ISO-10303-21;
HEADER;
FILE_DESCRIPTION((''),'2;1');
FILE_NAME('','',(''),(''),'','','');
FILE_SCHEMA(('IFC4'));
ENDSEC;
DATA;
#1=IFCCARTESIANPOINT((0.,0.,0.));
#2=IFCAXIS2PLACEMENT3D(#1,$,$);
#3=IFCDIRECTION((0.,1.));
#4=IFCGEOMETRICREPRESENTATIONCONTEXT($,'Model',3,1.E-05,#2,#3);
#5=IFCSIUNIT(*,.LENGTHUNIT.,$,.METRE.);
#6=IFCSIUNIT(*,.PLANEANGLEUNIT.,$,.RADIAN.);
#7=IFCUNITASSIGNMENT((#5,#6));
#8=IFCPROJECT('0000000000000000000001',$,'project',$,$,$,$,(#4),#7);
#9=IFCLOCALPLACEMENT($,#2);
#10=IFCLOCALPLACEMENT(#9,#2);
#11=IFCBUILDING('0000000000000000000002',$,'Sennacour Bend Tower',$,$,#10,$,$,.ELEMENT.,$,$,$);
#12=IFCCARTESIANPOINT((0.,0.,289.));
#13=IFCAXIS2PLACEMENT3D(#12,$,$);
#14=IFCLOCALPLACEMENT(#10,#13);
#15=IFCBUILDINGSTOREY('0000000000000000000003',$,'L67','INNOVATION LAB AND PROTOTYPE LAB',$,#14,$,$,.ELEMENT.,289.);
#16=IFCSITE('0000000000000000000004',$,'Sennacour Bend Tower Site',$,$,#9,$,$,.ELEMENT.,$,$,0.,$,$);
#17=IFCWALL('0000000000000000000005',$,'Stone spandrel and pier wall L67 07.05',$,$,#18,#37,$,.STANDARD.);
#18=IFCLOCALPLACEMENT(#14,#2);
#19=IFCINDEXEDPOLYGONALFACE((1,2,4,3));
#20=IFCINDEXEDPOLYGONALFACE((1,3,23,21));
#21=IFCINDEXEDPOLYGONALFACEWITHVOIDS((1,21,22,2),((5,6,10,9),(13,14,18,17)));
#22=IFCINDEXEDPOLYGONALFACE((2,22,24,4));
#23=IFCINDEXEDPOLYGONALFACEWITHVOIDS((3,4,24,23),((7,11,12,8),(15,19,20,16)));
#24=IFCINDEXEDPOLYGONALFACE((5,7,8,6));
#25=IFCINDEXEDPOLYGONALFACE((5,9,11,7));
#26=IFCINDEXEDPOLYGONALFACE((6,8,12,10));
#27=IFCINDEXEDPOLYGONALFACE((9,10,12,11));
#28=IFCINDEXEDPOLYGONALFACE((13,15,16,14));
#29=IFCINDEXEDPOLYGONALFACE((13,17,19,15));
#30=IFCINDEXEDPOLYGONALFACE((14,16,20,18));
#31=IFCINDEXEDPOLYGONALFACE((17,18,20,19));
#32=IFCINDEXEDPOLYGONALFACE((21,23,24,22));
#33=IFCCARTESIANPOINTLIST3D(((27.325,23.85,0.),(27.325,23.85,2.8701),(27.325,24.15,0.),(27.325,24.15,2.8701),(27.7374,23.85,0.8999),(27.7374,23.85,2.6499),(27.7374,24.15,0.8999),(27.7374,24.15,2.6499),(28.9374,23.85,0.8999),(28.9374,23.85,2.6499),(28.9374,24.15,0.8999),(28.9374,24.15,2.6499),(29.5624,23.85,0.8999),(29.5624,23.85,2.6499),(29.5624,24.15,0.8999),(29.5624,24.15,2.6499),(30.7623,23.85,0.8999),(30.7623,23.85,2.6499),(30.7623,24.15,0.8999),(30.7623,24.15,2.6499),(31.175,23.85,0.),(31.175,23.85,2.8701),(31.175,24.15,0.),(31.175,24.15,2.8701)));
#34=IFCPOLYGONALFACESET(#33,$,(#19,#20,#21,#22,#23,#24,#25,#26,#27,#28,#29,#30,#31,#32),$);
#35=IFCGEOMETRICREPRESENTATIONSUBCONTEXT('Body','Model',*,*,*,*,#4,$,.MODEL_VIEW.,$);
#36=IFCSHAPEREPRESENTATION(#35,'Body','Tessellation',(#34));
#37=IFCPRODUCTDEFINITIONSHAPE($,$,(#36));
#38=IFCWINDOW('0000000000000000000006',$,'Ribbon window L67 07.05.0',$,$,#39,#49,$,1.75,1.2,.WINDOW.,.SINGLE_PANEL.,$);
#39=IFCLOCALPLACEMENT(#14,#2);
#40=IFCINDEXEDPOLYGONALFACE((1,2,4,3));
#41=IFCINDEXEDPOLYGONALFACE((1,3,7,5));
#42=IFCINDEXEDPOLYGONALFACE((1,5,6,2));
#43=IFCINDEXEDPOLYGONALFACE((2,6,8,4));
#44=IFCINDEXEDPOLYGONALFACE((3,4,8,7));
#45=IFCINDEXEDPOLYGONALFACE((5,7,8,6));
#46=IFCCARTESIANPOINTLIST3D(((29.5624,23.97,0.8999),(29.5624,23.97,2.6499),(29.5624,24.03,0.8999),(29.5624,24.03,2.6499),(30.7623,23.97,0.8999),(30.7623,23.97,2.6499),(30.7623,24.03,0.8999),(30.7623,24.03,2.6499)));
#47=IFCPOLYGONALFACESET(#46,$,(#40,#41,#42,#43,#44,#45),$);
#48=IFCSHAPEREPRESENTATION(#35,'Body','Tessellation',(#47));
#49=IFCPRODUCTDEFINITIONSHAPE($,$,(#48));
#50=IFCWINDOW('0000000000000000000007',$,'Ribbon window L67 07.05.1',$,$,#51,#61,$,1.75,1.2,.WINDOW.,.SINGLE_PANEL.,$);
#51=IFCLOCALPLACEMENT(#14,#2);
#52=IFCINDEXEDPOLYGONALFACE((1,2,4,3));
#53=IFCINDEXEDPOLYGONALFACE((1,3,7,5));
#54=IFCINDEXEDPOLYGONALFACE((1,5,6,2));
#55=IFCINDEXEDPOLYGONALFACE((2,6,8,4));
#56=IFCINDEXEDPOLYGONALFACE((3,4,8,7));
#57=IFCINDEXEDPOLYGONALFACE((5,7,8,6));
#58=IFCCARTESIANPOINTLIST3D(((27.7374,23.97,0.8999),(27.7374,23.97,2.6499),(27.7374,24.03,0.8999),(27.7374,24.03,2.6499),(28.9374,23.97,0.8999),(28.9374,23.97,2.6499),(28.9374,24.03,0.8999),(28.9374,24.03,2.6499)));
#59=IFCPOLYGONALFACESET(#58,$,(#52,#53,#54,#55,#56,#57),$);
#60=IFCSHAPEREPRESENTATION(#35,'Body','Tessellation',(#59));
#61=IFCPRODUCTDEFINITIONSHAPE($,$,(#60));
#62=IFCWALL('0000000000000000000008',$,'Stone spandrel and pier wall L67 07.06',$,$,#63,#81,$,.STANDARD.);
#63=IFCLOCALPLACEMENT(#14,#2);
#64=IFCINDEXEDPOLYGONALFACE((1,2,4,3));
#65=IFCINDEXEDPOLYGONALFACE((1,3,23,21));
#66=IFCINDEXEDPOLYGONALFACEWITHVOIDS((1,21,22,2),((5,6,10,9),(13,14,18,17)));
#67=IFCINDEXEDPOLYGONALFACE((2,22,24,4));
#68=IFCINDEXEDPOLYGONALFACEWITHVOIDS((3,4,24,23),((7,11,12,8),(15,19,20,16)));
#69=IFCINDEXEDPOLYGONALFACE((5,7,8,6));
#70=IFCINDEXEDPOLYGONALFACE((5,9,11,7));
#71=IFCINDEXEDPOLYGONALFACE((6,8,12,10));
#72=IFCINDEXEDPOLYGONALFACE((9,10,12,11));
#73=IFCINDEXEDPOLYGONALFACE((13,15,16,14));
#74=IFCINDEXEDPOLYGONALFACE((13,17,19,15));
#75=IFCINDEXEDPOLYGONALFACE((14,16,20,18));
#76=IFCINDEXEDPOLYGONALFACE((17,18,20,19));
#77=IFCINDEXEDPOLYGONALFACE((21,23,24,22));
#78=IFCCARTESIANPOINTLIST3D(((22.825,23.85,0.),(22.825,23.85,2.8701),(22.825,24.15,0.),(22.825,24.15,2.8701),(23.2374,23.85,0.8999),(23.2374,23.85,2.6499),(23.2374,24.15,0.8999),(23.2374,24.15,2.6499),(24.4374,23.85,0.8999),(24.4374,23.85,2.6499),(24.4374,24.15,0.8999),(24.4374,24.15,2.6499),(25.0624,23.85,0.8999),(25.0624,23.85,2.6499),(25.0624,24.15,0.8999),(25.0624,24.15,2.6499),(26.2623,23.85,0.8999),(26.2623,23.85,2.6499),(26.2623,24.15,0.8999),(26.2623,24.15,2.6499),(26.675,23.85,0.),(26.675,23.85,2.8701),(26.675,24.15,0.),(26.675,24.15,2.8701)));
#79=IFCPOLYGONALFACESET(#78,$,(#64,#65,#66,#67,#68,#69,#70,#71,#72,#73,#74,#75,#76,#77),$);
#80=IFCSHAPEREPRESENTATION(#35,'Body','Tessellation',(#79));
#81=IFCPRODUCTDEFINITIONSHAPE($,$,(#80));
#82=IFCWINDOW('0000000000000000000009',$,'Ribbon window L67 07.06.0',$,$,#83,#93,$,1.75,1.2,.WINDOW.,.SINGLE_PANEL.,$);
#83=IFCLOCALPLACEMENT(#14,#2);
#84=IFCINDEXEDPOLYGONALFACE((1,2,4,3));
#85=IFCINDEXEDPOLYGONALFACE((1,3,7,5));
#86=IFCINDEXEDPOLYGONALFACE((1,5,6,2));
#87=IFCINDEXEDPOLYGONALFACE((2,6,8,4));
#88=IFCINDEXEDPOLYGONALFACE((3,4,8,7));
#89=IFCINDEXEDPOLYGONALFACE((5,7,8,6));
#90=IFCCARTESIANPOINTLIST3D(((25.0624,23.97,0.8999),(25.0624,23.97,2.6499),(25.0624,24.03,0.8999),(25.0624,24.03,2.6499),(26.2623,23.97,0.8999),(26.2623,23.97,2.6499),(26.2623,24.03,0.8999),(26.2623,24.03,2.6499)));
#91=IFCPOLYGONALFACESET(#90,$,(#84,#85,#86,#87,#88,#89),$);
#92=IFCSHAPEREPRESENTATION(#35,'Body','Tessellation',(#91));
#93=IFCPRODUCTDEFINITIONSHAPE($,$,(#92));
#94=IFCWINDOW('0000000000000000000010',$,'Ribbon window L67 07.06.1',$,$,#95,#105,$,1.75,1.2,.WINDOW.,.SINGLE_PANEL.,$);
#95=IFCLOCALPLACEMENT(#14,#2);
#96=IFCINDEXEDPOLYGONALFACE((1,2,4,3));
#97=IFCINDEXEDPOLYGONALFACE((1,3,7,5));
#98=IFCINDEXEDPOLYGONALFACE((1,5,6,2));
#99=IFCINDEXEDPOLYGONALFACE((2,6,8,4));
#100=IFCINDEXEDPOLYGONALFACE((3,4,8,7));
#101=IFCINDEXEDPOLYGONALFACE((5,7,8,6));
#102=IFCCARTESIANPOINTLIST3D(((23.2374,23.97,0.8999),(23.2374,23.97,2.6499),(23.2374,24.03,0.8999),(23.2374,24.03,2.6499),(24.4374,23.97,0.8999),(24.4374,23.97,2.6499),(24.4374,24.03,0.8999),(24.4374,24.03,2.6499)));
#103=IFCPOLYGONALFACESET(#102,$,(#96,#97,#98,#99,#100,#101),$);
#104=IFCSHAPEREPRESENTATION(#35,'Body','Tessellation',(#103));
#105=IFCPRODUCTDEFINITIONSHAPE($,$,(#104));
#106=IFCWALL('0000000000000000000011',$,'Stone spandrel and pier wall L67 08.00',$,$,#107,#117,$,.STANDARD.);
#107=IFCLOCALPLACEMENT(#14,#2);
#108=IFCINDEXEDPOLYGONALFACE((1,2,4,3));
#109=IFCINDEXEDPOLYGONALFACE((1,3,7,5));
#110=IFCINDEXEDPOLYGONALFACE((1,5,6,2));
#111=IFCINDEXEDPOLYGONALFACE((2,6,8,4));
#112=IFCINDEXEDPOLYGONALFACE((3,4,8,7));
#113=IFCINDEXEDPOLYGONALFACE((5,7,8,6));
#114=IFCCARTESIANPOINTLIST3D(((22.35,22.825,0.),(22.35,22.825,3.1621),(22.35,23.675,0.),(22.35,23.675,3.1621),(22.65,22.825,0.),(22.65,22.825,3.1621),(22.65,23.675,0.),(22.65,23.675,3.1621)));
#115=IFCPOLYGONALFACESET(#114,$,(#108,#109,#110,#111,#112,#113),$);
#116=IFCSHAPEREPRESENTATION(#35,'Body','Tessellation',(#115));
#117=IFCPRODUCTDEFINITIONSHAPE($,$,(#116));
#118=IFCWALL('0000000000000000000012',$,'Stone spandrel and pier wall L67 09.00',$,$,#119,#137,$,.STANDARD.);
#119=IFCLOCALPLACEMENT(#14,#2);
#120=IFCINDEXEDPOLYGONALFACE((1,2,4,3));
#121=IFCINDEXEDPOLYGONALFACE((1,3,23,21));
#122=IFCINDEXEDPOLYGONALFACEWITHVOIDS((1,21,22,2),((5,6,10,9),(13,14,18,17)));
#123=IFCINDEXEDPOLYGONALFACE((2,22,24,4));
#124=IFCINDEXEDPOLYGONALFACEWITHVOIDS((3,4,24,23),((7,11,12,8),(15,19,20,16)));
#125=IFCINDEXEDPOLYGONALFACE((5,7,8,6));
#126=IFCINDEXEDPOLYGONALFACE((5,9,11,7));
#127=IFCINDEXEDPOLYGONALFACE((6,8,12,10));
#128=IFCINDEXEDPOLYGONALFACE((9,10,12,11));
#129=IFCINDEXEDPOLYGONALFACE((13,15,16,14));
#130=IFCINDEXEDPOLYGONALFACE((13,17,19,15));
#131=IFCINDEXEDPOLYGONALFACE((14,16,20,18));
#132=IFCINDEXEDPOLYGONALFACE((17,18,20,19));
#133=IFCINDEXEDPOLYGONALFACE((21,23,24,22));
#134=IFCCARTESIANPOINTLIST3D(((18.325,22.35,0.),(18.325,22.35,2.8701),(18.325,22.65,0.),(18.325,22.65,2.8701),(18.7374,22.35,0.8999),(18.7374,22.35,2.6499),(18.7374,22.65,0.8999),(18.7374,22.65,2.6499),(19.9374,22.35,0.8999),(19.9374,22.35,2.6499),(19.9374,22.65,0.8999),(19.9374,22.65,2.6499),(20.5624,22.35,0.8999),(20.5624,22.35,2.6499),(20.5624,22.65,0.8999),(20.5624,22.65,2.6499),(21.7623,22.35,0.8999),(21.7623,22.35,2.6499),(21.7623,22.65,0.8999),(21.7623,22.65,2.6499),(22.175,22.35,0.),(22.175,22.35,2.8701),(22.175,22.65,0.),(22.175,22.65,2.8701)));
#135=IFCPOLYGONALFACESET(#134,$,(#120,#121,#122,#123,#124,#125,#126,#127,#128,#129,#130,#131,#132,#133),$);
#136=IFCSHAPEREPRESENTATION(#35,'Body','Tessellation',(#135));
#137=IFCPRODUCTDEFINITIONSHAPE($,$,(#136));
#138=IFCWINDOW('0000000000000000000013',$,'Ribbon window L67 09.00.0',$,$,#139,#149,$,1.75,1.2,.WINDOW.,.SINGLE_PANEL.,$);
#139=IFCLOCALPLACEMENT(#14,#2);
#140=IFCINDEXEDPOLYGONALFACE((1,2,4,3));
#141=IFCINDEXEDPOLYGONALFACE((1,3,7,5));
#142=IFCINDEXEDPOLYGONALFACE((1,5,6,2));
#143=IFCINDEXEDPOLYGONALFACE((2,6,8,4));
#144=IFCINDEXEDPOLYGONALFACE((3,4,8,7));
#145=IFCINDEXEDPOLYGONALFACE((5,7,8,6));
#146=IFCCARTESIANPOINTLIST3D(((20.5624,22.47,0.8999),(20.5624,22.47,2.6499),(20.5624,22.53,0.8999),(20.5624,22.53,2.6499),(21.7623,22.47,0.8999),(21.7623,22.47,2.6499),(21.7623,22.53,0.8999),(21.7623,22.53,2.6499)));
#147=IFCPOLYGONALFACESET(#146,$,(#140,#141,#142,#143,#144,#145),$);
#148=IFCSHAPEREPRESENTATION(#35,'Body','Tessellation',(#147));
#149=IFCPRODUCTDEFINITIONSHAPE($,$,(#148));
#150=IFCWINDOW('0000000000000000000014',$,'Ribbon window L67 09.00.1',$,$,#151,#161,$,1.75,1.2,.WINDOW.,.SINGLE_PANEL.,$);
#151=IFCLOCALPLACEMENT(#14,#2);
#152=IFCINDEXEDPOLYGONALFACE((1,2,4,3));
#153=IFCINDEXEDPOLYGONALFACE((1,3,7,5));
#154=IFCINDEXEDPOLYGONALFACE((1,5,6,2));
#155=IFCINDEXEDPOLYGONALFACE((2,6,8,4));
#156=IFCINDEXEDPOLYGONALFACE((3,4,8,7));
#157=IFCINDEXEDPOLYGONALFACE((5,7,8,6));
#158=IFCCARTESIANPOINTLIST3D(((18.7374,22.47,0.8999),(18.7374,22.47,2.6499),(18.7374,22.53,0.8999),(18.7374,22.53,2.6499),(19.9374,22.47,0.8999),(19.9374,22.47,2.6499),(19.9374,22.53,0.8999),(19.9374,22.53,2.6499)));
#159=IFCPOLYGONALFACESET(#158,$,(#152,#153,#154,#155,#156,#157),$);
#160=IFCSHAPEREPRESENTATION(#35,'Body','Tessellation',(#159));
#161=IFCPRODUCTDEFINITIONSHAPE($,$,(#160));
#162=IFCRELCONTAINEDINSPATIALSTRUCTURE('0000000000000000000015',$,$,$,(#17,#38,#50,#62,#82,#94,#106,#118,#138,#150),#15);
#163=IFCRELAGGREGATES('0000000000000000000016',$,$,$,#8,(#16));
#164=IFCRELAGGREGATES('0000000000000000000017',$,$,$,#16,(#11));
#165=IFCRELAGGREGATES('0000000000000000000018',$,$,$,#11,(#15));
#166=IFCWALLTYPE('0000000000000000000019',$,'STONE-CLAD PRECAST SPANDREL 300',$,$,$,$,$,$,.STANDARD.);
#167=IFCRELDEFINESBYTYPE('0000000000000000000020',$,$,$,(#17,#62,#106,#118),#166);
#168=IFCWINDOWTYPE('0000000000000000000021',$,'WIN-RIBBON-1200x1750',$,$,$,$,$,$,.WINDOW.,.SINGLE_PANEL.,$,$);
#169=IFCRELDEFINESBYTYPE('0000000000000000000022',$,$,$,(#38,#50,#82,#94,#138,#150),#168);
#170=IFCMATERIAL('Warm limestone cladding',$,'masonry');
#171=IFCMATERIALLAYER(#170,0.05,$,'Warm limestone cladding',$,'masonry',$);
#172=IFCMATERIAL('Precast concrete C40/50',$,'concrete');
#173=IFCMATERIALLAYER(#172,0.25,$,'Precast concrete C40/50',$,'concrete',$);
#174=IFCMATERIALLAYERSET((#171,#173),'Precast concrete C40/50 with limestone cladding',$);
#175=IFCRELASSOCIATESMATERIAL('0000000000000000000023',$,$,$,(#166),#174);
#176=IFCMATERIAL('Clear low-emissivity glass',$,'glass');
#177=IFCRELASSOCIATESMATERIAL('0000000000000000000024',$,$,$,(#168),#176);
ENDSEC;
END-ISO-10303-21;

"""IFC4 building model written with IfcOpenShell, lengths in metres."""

from ifc_helpers import new_model, si_unit, direction, frame, frame_2d, origin, place, context, subcontext, project, spatial, rectangle, extrude, material, layer, layer_set, type_object, element, fill, save


model = new_model("IFC4")

# Units and contexts
model_context = context("Model", 3, precision=1e-05, world=origin(), true_north=direction((0.0, 1.0)))
body_context = subcontext(model_context, "Body", "Model", "MODEL_VIEW")
ifc_project = project(units=[si_unit("LENGTHUNIT", "METRE"), si_unit("PLANEANGLEUNIT", "RADIAN")], contexts=[model_context])

# Site, building, storey
site_placement = place(None, origin())
site = spatial("IfcSite", under=ifc_project, at=site_placement, Name="Sennacour Bend Tower Site", CompositionType="ELEMENT", RefElevation=0.0)
building_placement = place(site_placement, origin())
building = spatial("IfcBuilding", under=site, at=building_placement, Name="Sennacour Bend Tower", CompositionType="ELEMENT")
storey_placement = place(building_placement, frame((0.0, 0.0, 289.0)))
storey = spatial("IfcBuildingStorey", under=building, at=storey_placement, Name="L67", Description="INNOVATION LAB AND PROTOTYPE LAB", CompositionType="ELEMENT", Elevation=289.0)

# Walls, openings, windows
ifc_material_1 = material(Name="Warm limestone cladding", Category="masonry")
ifc_layer_1 = layer(ifc_material_1, 0.05, Name="Warm limestone cladding", Category="masonry")
ifc_material_2 = material(Name="Precast concrete C40/50", Category="concrete")
ifc_layer_2 = layer(ifc_material_2, 0.25, Name="Precast concrete C40/50", Category="concrete")
ifc_layer_set = layer_set([ifc_layer_1, ifc_layer_2], Name="Precast concrete C40/50 with limestone cladding")
wall_type = type_object("IfcWallType", Name="STONE-CLAD PRECAST SPANDREL 300", PredefinedType="STANDARD", material=ifc_layer_set)
wall_1_placement = place(storey_placement, frame((31.175, 24.0, 0.0), z_axis=(0.0, 0.0, 1.0), x_axis=(-1.0, 0.0, 0.0)))
wall_1 = element("IfcWall", 1, at=wall_1_placement, inside=storey, type_object=wall_type, Name="Stone spandrel and pier wall L67 07.05", PredefinedType="STANDARD", context=body_context, shape_type="SweptSolid", body=[
    extrude(rectangle(XDim=3.8501, YDim=0.3, at=frame_2d((1.925, 0.0))), origin(), (0.0, 0.0, 1.0), 2.8701),
])
opening_1_placement = place(wall_1_placement, frame((0.4126, 0.0, 0.8999)))
opening_1 = element("IfcOpeningElement", 2, at=opening_1_placement, cuts=wall_1, PredefinedType="OPENING", context=body_context, shape_type="SweptSolid", body=[
    extrude(rectangle(XDim=1.2, YDim=1.75, at=frame_2d((0.6001, 0.875))), frame((0.0, 0.1602, 0.0), z_axis=(0.0, -1.0, 0.0), x_axis=(1.0, 0.0, 0.0)), (0.0, 0.0, 1.0), 0.3201),
])
opening_2_placement = place(wall_1_placement, frame((2.2375, 0.0, 0.8999)))
opening_2 = element("IfcOpeningElement", 3, at=opening_2_placement, cuts=wall_1, PredefinedType="OPENING", context=body_context, shape_type="SweptSolid", body=[
    extrude(rectangle(XDim=1.2, YDim=1.75, at=frame_2d((0.6001, 0.875))), frame((0.0, 0.1602, 0.0), z_axis=(0.0, -1.0, 0.0), x_axis=(1.0, 0.0, 0.0)), (0.0, 0.0, 1.0), 0.3201),
])
ifc_material_3 = material(Name="Clear low-emissivity glass", Category="glass")
window_type = type_object("IfcWindowType", Name="WIN-RIBBON-1200x1750", PartitioningType="SINGLE_PANEL", PredefinedType="WINDOW", material=ifc_material_3)
window_1_placement = place(opening_1_placement, origin())
window_1 = element("IfcWindow", 4, at=window_1_placement, inside=storey, type_object=window_type, Name="Ribbon window L67 07.05.0", OverallHeight=1.75, OverallWidth=1.2, PartitioningType="SINGLE_PANEL", PredefinedType="WINDOW", context=body_context, shape_type="SweptSolid", body=[
    extrude(rectangle(XDim=1.2, YDim=1.75, at=frame_2d((0.6001, 0.875))), frame((0.0, 0.03, 0.0), z_axis=(0.0, -1.0, 0.0), x_axis=(1.0, 0.0, 0.0)), (0.0, 0.0, 1.0), 0.0601),
])
fill(opening_1, window_1)
window_2_placement = place(opening_2_placement, origin())
window_2 = element("IfcWindow", 5, at=window_2_placement, inside=storey, type_object=window_type, Name="Ribbon window L67 07.05.1", OverallHeight=1.75, OverallWidth=1.2, PartitioningType="SINGLE_PANEL", PredefinedType="WINDOW", context=body_context, shape_type="SweptSolid", body=[
    extrude(rectangle(XDim=1.2, YDim=1.75, at=frame_2d((0.6001, 0.875))), frame((0.0, 0.03, 0.0), z_axis=(0.0, -1.0, 0.0), x_axis=(1.0, 0.0, 0.0)), (0.0, 0.0, 1.0), 0.0601),
])
fill(opening_2, window_2)
wall_2_placement = place(storey_placement, frame((26.675, 24.0, 0.0), z_axis=(0.0, 0.0, 1.0), x_axis=(-1.0, 0.0, 0.0)))
wall_2 = element("IfcWall", 6, at=wall_2_placement, inside=storey, type_object=wall_type, Name="Stone spandrel and pier wall L67 07.06", PredefinedType="STANDARD", context=body_context, shape_type="SweptSolid", body=[
    extrude(rectangle(XDim=3.8501, YDim=0.3, at=frame_2d((1.925, 0.0))), origin(), (0.0, 0.0, 1.0), 2.8701),
])
opening_3_placement = place(wall_2_placement, frame((0.4126, 0.0, 0.8999)))
opening_3 = element("IfcOpeningElement", 7, at=opening_3_placement, cuts=wall_2, PredefinedType="OPENING", context=body_context, shape_type="SweptSolid", body=[
    extrude(rectangle(XDim=1.2, YDim=1.75, at=frame_2d((0.6001, 0.875))), frame((0.0, 0.1602, 0.0), z_axis=(0.0, -1.0, 0.0), x_axis=(1.0, 0.0, 0.0)), (0.0, 0.0, 1.0), 0.3201),
])
opening_4_placement = place(wall_2_placement, frame((2.2375, 0.0, 0.8999)))
opening_4 = element("IfcOpeningElement", 8, at=opening_4_placement, cuts=wall_2, PredefinedType="OPENING", context=body_context, shape_type="SweptSolid", body=[
    extrude(rectangle(XDim=1.2, YDim=1.75, at=frame_2d((0.6001, 0.875))), frame((0.0, 0.1602, 0.0), z_axis=(0.0, -1.0, 0.0), x_axis=(1.0, 0.0, 0.0)), (0.0, 0.0, 1.0), 0.3201),
])
window_3_placement = place(opening_3_placement, origin())
window_3 = element("IfcWindow", 9, at=window_3_placement, inside=storey, type_object=window_type, Name="Ribbon window L67 07.06.0", OverallHeight=1.75, OverallWidth=1.2, PartitioningType="SINGLE_PANEL", PredefinedType="WINDOW", context=body_context, shape_type="SweptSolid", body=[
    extrude(rectangle(XDim=1.2, YDim=1.75, at=frame_2d((0.6001, 0.875))), frame((0.0, 0.03, 0.0), z_axis=(0.0, -1.0, 0.0), x_axis=(1.0, 0.0, 0.0)), (0.0, 0.0, 1.0), 0.0601),
])
fill(opening_3, window_3)
window_4_placement = place(opening_4_placement, origin())
window_4 = element("IfcWindow", 10, at=window_4_placement, inside=storey, type_object=window_type, Name="Ribbon window L67 07.06.1", OverallHeight=1.75, OverallWidth=1.2, PartitioningType="SINGLE_PANEL", PredefinedType="WINDOW", context=body_context, shape_type="SweptSolid", body=[
    extrude(rectangle(XDim=1.2, YDim=1.75, at=frame_2d((0.6001, 0.875))), frame((0.0, 0.03, 0.0), z_axis=(0.0, -1.0, 0.0), x_axis=(1.0, 0.0, 0.0)), (0.0, 0.0, 1.0), 0.0601),
])
fill(opening_4, window_4)

# Wall
wall_3_placement = place(storey_placement, frame((22.5, 23.675, 0.0), z_axis=(0.0, 0.0, 1.0), x_axis=(0.0, -1.0, 0.0)))
element("IfcWall", 11, at=wall_3_placement, inside=storey, type_object=wall_type, Name="Stone spandrel and pier wall L67 08.00", PredefinedType="STANDARD", context=body_context, shape_type="SweptSolid", body=[
    extrude(rectangle(XDim=0.8501, YDim=0.3, at=frame_2d((0.425, 0.0))), origin(), (0.0, 0.0, 1.0), 3.1621),
])

# Wall, openings, windows
wall_4_placement = place(storey_placement, frame((22.175, 22.5, 0.0), z_axis=(0.0, 0.0, 1.0), x_axis=(-1.0, 0.0, 0.0)))
wall_4 = element("IfcWall", 12, at=wall_4_placement, inside=storey, type_object=wall_type, Name="Stone spandrel and pier wall L67 09.00", PredefinedType="STANDARD", context=body_context, shape_type="SweptSolid", body=[
    extrude(rectangle(XDim=3.8501, YDim=0.3, at=frame_2d((1.925, 0.0))), origin(), (0.0, 0.0, 1.0), 2.8701),
])
opening_5_placement = place(wall_4_placement, frame((0.4126, 0.0, 0.8999)))
opening_5 = element("IfcOpeningElement", 13, at=opening_5_placement, cuts=wall_4, PredefinedType="OPENING", context=body_context, shape_type="SweptSolid", body=[
    extrude(rectangle(XDim=1.2, YDim=1.75, at=frame_2d((0.6001, 0.875))), frame((0.0, 0.1602, 0.0), z_axis=(0.0, -1.0, 0.0), x_axis=(1.0, 0.0, 0.0)), (0.0, 0.0, 1.0), 0.3201),
])
opening_6_placement = place(wall_4_placement, frame((2.2375, 0.0, 0.8999)))
opening_6 = element("IfcOpeningElement", 14, at=opening_6_placement, cuts=wall_4, PredefinedType="OPENING", context=body_context, shape_type="SweptSolid", body=[
    extrude(rectangle(XDim=1.2, YDim=1.75, at=frame_2d((0.6001, 0.875))), frame((0.0, 0.1602, 0.0), z_axis=(0.0, -1.0, 0.0), x_axis=(1.0, 0.0, 0.0)), (0.0, 0.0, 1.0), 0.3201),
])
window_5_placement = place(opening_5_placement, origin())
window_5 = element("IfcWindow", 15, at=window_5_placement, inside=storey, type_object=window_type, Name="Ribbon window L67 09.00.0", OverallHeight=1.75, OverallWidth=1.2, PartitioningType="SINGLE_PANEL", PredefinedType="WINDOW", context=body_context, shape_type="SweptSolid", body=[
    extrude(rectangle(XDim=1.2, YDim=1.75, at=frame_2d((0.6001, 0.875))), frame((0.0, 0.03, 0.0), z_axis=(0.0, -1.0, 0.0), x_axis=(1.0, 0.0, 0.0)), (0.0, 0.0, 1.0), 0.0601),
])
fill(opening_5, window_5)
window_6_placement = place(opening_6_placement, origin())
window_6 = element("IfcWindow", 16, at=window_6_placement, inside=storey, type_object=window_type, Name="Ribbon window L67 09.00.1", OverallHeight=1.75, OverallWidth=1.2, PartitioningType="SINGLE_PANEL", PredefinedType="WINDOW", context=body_context, shape_type="SweptSolid", body=[
    extrude(rectangle(XDim=1.2, YDim=1.75, at=frame_2d((0.6001, 0.875))), frame((0.0, 0.03, 0.0), z_axis=(0.0, -1.0, 0.0), x_axis=(1.0, 0.0, 0.0)), (0.0, 0.0, 1.0), 0.0601),
])
fill(opening_6, window_6)

save(model, "model.ifc")
